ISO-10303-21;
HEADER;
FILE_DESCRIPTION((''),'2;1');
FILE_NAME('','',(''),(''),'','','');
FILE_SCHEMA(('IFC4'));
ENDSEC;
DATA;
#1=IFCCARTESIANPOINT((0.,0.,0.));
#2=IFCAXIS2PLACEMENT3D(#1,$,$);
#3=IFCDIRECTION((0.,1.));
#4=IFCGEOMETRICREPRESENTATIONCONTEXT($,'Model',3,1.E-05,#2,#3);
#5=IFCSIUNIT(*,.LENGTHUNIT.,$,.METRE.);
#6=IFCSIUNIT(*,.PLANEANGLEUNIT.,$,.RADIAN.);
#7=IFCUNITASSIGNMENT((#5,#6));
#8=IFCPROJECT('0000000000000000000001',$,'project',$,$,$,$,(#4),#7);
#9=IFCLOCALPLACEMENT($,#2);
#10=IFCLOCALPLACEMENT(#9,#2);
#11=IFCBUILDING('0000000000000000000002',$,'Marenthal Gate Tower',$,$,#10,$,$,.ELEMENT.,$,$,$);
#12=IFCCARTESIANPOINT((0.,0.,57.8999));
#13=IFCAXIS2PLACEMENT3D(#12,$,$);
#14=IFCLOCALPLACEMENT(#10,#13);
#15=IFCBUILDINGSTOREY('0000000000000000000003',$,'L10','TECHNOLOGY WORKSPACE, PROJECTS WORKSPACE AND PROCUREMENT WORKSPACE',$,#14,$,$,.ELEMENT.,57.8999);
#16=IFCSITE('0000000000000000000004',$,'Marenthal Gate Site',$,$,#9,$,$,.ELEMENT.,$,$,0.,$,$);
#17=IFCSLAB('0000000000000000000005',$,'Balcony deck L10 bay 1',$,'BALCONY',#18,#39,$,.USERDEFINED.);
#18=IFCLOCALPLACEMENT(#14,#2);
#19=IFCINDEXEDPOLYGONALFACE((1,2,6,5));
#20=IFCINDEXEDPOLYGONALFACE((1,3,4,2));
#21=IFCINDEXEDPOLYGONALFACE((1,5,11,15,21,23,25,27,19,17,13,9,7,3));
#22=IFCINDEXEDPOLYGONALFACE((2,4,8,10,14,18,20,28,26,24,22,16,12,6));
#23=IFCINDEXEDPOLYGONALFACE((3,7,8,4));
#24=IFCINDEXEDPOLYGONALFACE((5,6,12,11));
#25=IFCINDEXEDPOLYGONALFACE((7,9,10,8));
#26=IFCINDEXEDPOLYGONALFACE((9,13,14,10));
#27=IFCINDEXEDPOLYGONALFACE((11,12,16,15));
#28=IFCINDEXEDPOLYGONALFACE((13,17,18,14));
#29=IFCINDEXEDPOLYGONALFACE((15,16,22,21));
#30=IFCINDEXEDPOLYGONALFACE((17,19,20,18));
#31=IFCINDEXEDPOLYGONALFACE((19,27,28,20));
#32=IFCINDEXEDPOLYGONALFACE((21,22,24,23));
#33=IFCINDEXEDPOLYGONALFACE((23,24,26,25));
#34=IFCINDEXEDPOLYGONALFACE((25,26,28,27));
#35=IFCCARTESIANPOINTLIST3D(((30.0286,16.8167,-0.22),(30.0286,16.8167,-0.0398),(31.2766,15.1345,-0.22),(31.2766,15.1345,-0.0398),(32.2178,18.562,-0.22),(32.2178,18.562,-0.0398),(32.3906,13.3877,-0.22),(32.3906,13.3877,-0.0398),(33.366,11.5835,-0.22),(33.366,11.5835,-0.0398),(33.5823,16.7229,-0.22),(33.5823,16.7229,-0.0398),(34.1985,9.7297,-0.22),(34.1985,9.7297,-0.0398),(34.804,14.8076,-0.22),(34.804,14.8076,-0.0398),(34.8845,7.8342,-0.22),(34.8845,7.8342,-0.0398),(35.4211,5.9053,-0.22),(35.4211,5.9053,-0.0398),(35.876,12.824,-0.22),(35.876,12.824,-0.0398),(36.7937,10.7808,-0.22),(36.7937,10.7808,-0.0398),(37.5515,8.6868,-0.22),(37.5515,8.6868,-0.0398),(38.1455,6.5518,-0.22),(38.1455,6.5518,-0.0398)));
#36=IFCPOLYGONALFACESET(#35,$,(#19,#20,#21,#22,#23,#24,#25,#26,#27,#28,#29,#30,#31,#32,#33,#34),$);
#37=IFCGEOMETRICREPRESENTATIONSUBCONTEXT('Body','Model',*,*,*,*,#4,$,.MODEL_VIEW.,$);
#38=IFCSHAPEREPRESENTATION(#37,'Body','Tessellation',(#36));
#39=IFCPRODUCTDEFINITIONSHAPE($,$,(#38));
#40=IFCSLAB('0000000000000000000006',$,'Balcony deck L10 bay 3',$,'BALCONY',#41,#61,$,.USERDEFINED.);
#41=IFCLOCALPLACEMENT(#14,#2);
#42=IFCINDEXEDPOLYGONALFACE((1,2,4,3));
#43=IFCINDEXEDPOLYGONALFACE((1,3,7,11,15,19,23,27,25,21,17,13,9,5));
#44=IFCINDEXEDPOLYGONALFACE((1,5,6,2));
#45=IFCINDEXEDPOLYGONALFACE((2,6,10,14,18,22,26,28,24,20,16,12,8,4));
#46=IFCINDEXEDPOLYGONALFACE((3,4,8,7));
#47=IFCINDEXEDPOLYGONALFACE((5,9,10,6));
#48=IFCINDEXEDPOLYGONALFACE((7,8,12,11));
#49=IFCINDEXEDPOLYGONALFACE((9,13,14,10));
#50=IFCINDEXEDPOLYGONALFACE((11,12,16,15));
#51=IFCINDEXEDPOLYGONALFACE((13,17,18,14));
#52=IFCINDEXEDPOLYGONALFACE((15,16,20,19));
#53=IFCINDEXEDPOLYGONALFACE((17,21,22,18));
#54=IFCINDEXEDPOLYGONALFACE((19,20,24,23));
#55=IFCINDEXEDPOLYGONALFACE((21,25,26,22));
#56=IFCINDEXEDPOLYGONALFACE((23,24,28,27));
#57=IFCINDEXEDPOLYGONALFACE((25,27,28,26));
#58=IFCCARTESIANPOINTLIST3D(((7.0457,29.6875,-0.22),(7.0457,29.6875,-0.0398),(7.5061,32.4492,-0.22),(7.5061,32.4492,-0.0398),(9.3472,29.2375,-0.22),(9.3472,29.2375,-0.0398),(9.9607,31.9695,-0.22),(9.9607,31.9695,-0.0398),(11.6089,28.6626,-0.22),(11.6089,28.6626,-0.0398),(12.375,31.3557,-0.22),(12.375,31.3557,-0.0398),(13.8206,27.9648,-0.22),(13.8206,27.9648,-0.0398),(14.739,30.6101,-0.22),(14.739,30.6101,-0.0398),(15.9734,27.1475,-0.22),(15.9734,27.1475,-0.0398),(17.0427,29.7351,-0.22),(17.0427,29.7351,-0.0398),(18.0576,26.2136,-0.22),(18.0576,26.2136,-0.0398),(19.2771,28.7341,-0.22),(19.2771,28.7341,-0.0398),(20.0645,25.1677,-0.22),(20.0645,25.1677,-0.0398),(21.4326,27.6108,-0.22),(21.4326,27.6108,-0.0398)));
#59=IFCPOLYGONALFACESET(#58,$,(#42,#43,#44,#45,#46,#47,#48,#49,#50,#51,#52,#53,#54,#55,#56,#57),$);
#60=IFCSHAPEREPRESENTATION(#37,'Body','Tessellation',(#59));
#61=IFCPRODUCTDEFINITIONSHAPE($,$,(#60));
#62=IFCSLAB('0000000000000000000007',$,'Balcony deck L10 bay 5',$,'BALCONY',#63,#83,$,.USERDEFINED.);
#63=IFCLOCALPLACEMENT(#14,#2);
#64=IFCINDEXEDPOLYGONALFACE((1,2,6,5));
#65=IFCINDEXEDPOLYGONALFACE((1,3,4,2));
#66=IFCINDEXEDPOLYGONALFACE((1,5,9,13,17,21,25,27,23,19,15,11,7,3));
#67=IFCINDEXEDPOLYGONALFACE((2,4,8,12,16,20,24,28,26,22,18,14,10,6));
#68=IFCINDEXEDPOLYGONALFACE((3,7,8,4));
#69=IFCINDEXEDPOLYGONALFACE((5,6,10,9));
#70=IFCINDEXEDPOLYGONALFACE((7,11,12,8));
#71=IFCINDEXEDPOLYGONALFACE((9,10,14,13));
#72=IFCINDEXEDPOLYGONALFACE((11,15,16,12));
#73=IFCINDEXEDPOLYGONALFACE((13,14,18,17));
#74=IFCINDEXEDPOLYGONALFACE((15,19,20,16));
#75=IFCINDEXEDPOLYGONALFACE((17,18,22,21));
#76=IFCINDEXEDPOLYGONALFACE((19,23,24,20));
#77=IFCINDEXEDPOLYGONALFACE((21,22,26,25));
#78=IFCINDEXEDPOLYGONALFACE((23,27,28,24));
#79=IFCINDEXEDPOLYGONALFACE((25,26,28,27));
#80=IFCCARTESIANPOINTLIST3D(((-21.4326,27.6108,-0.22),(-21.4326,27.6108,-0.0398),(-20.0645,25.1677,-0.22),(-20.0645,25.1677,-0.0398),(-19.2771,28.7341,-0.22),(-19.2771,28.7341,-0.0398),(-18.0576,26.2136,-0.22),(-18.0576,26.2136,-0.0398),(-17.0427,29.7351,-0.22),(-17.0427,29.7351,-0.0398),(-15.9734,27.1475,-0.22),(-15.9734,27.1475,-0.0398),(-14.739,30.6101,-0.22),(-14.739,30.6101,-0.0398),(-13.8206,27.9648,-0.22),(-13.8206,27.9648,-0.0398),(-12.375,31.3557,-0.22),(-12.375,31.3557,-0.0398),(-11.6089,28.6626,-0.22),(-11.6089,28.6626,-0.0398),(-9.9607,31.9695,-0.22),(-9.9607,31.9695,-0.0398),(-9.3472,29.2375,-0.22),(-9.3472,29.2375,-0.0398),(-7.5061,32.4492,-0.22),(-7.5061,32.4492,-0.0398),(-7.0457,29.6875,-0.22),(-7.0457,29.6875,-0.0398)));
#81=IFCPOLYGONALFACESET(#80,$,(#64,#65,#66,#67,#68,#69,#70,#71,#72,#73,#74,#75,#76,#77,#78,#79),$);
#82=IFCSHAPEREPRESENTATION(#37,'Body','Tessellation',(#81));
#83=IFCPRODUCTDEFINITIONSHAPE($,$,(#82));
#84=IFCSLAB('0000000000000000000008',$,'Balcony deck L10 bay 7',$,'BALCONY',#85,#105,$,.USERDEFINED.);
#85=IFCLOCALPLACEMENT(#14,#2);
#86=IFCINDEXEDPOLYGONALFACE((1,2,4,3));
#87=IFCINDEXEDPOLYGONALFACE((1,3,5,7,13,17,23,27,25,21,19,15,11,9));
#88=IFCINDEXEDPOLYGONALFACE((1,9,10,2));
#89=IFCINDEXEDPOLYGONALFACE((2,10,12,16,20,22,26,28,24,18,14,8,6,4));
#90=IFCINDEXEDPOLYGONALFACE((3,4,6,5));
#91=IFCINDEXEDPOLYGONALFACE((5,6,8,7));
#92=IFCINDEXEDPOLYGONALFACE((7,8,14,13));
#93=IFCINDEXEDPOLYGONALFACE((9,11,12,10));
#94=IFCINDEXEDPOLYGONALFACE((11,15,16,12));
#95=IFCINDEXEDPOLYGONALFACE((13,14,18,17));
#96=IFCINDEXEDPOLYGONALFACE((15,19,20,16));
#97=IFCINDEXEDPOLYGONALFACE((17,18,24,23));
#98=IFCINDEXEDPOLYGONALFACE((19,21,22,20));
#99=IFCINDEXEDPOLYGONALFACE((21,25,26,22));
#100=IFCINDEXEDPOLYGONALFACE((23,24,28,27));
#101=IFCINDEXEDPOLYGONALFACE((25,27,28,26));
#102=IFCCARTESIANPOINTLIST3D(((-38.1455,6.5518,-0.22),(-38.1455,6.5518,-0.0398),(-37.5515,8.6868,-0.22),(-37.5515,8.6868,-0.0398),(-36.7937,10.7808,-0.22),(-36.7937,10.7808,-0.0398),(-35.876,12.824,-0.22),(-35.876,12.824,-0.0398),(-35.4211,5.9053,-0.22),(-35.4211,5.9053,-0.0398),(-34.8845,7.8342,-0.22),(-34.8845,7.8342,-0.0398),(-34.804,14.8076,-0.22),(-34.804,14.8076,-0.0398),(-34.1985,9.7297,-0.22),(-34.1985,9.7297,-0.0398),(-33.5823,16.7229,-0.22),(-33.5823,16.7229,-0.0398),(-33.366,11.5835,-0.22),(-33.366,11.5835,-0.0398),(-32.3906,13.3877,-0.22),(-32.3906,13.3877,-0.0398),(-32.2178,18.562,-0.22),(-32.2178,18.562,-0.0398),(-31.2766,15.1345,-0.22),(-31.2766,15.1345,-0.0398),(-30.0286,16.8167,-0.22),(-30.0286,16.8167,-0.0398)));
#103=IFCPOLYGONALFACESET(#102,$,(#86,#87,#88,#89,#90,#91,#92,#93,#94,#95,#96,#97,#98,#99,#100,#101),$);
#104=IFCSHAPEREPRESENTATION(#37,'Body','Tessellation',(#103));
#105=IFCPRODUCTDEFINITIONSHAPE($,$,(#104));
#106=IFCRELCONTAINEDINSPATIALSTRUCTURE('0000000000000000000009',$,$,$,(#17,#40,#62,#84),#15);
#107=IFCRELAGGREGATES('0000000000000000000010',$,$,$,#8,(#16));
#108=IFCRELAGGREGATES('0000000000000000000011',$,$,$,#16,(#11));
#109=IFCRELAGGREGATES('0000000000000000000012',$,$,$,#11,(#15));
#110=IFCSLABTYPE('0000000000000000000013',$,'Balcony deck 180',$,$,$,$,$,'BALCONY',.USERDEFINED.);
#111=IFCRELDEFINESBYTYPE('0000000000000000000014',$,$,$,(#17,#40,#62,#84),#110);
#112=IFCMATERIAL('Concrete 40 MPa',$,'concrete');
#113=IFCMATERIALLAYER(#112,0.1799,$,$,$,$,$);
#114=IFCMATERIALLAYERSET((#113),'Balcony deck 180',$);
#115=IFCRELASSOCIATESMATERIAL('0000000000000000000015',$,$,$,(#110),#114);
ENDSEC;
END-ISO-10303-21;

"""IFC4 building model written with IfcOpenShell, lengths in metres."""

from ifc_helpers import new_model, si_unit, direction, frame, origin, place, context, subcontext, project, spatial, polyline, outline, extrude, material, layer, layer_set, type_object, element, save


model = new_model("IFC4")

# Units and contexts
model_context = context("Model", 3, precision=1e-05, world=origin(), true_north=direction((0.0, 1.0)))
body_context = subcontext(model_context, "Body", "Model", "MODEL_VIEW")
ifc_project = project(units=[si_unit("LENGTHUNIT", "METRE"), si_unit("PLANEANGLEUNIT", "RADIAN")], contexts=[model_context])

# Site, building, storey
site_placement = place(None, origin())
site = spatial("IfcSite", under=ifc_project, at=site_placement, Name="Marenthal Gate Site", CompositionType="ELEMENT", RefElevation=0.0)
building_placement = place(site_placement, origin())
building = spatial("IfcBuilding", under=site, at=building_placement, Name="Marenthal Gate Tower", CompositionType="ELEMENT")
storey_placement = place(building_placement, frame((0.0, 0.0, 57.8999)))
storey = spatial("IfcBuildingStorey", under=building, at=storey_placement, Name="L10", Description="TECHNOLOGY WORKSPACE, PROJECTS WORKSPACE AND PROCUREMENT WORKSPACE", CompositionType="ELEMENT", Elevation=57.8999)

# Slabs
ifc_material_1 = material(Name="Concrete 40 MPa", Category="concrete")
ifc_layer_1 = layer(ifc_material_1, 0.1799)
ifc_layer_set_1 = layer_set([ifc_layer_1], Name="Balcony deck 180")
slab_type_1 = type_object("IfcSlabType", Name="Balcony deck 180", ElementType="BALCONY", PredefinedType="USERDEFINED", material=ifc_layer_set_1)
slab_1_placement = place(storey_placement, frame((0.0, 0.0, -0.22)))
element("IfcSlab", 1, at=slab_1_placement, inside=storey, type_object=slab_type_1, Name="Balcony deck L10 bay 1", ObjectType="BALCONY", PredefinedType="USERDEFINED", context=body_context, shape_type="SweptSolid", body=[
    extrude(outline(polyline([(35.4211, 5.9053), (34.8845, 7.8342), (34.1985, 9.7297), (33.366, 11.5835), (32.3906, 13.3877), (31.2766, 15.1345), (30.0286, 16.8167), (32.2178, 18.562), (33.5823, 16.7229), (34.804, 14.8076), (35.876, 12.824), (36.7937, 10.7808), (37.5515, 8.6868), (38.1455, 6.5518), (35.4211, 5.9053)])), origin(), (0.0, 0.0, 1.0), 0.1802),
])
slab_2_placement = place(storey_placement, frame((0.0, 0.0, -0.22)))
element("IfcSlab", 2, at=slab_2_placement, inside=storey, type_object=slab_type_1, Name="Balcony deck L10 bay 3", ObjectType="BALCONY", PredefinedType="USERDEFINED", context=body_context, shape_type="SweptSolid", body=[
    extrude(outline(polyline([(20.0645, 25.1677), (18.0576, 26.2136), (15.9734, 27.1475), (13.8206, 27.9648), (11.6089, 28.6626), (9.3472, 29.2375), (7.0457, 29.6875), (7.5061, 32.4492), (9.9607, 31.9695), (12.375, 31.3557), (14.739, 30.6101), (17.0427, 29.7351), (19.2771, 28.7341), (21.4326, 27.6108), (20.0645, 25.1677)])), origin(), (0.0, 0.0, 1.0), 0.1802),
])
slab_3_placement = place(storey_placement, frame((0.0, 0.0, -0.22)))
element("IfcSlab", 3, at=slab_3_placement, inside=storey, type_object=slab_type_1, Name="Balcony deck L10 bay 5", ObjectType="BALCONY", PredefinedType="USERDEFINED", context=body_context, shape_type="SweptSolid", body=[
    extrude(outline(polyline([(-7.0457, 29.6875), (-9.3472, 29.2375), (-11.6089, 28.6626), (-13.8206, 27.9648), (-15.9734, 27.1475), (-18.0576, 26.2136), (-20.0645, 25.1677), (-21.4326, 27.6108), (-19.2771, 28.7341), (-17.0427, 29.7351), (-14.739, 30.6101), (-12.375, 31.3557), (-9.9607, 31.9695), (-7.5061, 32.4492), (-7.0457, 29.6875)])), origin(), (0.0, 0.0, 1.0), 0.1802),
])
slab_4_placement = place(storey_placement, frame((0.0, 0.0, -0.22)))
element("IfcSlab", 4, at=slab_4_placement, inside=storey, type_object=slab_type_1, Name="Balcony deck L10 bay 7", ObjectType="BALCONY", PredefinedType="USERDEFINED", context=body_context, shape_type="SweptSolid", body=[
    extrude(outline(polyline([(-30.0286, 16.8167), (-31.2766, 15.1345), (-32.3906, 13.3877), (-33.366, 11.5835), (-34.1985, 9.7297), (-34.8845, 7.8342), (-35.4211, 5.9053), (-38.1455, 6.5518), (-37.5515, 8.6868), (-36.7937, 10.7808), (-35.876, 12.824), (-34.804, 14.8076), (-33.5823, 16.7229), (-32.2178, 18.562), (-30.0286, 16.8167)])), origin(), (0.0, 0.0, 1.0), 0.1802),
])

save(model, "model.ifc")
